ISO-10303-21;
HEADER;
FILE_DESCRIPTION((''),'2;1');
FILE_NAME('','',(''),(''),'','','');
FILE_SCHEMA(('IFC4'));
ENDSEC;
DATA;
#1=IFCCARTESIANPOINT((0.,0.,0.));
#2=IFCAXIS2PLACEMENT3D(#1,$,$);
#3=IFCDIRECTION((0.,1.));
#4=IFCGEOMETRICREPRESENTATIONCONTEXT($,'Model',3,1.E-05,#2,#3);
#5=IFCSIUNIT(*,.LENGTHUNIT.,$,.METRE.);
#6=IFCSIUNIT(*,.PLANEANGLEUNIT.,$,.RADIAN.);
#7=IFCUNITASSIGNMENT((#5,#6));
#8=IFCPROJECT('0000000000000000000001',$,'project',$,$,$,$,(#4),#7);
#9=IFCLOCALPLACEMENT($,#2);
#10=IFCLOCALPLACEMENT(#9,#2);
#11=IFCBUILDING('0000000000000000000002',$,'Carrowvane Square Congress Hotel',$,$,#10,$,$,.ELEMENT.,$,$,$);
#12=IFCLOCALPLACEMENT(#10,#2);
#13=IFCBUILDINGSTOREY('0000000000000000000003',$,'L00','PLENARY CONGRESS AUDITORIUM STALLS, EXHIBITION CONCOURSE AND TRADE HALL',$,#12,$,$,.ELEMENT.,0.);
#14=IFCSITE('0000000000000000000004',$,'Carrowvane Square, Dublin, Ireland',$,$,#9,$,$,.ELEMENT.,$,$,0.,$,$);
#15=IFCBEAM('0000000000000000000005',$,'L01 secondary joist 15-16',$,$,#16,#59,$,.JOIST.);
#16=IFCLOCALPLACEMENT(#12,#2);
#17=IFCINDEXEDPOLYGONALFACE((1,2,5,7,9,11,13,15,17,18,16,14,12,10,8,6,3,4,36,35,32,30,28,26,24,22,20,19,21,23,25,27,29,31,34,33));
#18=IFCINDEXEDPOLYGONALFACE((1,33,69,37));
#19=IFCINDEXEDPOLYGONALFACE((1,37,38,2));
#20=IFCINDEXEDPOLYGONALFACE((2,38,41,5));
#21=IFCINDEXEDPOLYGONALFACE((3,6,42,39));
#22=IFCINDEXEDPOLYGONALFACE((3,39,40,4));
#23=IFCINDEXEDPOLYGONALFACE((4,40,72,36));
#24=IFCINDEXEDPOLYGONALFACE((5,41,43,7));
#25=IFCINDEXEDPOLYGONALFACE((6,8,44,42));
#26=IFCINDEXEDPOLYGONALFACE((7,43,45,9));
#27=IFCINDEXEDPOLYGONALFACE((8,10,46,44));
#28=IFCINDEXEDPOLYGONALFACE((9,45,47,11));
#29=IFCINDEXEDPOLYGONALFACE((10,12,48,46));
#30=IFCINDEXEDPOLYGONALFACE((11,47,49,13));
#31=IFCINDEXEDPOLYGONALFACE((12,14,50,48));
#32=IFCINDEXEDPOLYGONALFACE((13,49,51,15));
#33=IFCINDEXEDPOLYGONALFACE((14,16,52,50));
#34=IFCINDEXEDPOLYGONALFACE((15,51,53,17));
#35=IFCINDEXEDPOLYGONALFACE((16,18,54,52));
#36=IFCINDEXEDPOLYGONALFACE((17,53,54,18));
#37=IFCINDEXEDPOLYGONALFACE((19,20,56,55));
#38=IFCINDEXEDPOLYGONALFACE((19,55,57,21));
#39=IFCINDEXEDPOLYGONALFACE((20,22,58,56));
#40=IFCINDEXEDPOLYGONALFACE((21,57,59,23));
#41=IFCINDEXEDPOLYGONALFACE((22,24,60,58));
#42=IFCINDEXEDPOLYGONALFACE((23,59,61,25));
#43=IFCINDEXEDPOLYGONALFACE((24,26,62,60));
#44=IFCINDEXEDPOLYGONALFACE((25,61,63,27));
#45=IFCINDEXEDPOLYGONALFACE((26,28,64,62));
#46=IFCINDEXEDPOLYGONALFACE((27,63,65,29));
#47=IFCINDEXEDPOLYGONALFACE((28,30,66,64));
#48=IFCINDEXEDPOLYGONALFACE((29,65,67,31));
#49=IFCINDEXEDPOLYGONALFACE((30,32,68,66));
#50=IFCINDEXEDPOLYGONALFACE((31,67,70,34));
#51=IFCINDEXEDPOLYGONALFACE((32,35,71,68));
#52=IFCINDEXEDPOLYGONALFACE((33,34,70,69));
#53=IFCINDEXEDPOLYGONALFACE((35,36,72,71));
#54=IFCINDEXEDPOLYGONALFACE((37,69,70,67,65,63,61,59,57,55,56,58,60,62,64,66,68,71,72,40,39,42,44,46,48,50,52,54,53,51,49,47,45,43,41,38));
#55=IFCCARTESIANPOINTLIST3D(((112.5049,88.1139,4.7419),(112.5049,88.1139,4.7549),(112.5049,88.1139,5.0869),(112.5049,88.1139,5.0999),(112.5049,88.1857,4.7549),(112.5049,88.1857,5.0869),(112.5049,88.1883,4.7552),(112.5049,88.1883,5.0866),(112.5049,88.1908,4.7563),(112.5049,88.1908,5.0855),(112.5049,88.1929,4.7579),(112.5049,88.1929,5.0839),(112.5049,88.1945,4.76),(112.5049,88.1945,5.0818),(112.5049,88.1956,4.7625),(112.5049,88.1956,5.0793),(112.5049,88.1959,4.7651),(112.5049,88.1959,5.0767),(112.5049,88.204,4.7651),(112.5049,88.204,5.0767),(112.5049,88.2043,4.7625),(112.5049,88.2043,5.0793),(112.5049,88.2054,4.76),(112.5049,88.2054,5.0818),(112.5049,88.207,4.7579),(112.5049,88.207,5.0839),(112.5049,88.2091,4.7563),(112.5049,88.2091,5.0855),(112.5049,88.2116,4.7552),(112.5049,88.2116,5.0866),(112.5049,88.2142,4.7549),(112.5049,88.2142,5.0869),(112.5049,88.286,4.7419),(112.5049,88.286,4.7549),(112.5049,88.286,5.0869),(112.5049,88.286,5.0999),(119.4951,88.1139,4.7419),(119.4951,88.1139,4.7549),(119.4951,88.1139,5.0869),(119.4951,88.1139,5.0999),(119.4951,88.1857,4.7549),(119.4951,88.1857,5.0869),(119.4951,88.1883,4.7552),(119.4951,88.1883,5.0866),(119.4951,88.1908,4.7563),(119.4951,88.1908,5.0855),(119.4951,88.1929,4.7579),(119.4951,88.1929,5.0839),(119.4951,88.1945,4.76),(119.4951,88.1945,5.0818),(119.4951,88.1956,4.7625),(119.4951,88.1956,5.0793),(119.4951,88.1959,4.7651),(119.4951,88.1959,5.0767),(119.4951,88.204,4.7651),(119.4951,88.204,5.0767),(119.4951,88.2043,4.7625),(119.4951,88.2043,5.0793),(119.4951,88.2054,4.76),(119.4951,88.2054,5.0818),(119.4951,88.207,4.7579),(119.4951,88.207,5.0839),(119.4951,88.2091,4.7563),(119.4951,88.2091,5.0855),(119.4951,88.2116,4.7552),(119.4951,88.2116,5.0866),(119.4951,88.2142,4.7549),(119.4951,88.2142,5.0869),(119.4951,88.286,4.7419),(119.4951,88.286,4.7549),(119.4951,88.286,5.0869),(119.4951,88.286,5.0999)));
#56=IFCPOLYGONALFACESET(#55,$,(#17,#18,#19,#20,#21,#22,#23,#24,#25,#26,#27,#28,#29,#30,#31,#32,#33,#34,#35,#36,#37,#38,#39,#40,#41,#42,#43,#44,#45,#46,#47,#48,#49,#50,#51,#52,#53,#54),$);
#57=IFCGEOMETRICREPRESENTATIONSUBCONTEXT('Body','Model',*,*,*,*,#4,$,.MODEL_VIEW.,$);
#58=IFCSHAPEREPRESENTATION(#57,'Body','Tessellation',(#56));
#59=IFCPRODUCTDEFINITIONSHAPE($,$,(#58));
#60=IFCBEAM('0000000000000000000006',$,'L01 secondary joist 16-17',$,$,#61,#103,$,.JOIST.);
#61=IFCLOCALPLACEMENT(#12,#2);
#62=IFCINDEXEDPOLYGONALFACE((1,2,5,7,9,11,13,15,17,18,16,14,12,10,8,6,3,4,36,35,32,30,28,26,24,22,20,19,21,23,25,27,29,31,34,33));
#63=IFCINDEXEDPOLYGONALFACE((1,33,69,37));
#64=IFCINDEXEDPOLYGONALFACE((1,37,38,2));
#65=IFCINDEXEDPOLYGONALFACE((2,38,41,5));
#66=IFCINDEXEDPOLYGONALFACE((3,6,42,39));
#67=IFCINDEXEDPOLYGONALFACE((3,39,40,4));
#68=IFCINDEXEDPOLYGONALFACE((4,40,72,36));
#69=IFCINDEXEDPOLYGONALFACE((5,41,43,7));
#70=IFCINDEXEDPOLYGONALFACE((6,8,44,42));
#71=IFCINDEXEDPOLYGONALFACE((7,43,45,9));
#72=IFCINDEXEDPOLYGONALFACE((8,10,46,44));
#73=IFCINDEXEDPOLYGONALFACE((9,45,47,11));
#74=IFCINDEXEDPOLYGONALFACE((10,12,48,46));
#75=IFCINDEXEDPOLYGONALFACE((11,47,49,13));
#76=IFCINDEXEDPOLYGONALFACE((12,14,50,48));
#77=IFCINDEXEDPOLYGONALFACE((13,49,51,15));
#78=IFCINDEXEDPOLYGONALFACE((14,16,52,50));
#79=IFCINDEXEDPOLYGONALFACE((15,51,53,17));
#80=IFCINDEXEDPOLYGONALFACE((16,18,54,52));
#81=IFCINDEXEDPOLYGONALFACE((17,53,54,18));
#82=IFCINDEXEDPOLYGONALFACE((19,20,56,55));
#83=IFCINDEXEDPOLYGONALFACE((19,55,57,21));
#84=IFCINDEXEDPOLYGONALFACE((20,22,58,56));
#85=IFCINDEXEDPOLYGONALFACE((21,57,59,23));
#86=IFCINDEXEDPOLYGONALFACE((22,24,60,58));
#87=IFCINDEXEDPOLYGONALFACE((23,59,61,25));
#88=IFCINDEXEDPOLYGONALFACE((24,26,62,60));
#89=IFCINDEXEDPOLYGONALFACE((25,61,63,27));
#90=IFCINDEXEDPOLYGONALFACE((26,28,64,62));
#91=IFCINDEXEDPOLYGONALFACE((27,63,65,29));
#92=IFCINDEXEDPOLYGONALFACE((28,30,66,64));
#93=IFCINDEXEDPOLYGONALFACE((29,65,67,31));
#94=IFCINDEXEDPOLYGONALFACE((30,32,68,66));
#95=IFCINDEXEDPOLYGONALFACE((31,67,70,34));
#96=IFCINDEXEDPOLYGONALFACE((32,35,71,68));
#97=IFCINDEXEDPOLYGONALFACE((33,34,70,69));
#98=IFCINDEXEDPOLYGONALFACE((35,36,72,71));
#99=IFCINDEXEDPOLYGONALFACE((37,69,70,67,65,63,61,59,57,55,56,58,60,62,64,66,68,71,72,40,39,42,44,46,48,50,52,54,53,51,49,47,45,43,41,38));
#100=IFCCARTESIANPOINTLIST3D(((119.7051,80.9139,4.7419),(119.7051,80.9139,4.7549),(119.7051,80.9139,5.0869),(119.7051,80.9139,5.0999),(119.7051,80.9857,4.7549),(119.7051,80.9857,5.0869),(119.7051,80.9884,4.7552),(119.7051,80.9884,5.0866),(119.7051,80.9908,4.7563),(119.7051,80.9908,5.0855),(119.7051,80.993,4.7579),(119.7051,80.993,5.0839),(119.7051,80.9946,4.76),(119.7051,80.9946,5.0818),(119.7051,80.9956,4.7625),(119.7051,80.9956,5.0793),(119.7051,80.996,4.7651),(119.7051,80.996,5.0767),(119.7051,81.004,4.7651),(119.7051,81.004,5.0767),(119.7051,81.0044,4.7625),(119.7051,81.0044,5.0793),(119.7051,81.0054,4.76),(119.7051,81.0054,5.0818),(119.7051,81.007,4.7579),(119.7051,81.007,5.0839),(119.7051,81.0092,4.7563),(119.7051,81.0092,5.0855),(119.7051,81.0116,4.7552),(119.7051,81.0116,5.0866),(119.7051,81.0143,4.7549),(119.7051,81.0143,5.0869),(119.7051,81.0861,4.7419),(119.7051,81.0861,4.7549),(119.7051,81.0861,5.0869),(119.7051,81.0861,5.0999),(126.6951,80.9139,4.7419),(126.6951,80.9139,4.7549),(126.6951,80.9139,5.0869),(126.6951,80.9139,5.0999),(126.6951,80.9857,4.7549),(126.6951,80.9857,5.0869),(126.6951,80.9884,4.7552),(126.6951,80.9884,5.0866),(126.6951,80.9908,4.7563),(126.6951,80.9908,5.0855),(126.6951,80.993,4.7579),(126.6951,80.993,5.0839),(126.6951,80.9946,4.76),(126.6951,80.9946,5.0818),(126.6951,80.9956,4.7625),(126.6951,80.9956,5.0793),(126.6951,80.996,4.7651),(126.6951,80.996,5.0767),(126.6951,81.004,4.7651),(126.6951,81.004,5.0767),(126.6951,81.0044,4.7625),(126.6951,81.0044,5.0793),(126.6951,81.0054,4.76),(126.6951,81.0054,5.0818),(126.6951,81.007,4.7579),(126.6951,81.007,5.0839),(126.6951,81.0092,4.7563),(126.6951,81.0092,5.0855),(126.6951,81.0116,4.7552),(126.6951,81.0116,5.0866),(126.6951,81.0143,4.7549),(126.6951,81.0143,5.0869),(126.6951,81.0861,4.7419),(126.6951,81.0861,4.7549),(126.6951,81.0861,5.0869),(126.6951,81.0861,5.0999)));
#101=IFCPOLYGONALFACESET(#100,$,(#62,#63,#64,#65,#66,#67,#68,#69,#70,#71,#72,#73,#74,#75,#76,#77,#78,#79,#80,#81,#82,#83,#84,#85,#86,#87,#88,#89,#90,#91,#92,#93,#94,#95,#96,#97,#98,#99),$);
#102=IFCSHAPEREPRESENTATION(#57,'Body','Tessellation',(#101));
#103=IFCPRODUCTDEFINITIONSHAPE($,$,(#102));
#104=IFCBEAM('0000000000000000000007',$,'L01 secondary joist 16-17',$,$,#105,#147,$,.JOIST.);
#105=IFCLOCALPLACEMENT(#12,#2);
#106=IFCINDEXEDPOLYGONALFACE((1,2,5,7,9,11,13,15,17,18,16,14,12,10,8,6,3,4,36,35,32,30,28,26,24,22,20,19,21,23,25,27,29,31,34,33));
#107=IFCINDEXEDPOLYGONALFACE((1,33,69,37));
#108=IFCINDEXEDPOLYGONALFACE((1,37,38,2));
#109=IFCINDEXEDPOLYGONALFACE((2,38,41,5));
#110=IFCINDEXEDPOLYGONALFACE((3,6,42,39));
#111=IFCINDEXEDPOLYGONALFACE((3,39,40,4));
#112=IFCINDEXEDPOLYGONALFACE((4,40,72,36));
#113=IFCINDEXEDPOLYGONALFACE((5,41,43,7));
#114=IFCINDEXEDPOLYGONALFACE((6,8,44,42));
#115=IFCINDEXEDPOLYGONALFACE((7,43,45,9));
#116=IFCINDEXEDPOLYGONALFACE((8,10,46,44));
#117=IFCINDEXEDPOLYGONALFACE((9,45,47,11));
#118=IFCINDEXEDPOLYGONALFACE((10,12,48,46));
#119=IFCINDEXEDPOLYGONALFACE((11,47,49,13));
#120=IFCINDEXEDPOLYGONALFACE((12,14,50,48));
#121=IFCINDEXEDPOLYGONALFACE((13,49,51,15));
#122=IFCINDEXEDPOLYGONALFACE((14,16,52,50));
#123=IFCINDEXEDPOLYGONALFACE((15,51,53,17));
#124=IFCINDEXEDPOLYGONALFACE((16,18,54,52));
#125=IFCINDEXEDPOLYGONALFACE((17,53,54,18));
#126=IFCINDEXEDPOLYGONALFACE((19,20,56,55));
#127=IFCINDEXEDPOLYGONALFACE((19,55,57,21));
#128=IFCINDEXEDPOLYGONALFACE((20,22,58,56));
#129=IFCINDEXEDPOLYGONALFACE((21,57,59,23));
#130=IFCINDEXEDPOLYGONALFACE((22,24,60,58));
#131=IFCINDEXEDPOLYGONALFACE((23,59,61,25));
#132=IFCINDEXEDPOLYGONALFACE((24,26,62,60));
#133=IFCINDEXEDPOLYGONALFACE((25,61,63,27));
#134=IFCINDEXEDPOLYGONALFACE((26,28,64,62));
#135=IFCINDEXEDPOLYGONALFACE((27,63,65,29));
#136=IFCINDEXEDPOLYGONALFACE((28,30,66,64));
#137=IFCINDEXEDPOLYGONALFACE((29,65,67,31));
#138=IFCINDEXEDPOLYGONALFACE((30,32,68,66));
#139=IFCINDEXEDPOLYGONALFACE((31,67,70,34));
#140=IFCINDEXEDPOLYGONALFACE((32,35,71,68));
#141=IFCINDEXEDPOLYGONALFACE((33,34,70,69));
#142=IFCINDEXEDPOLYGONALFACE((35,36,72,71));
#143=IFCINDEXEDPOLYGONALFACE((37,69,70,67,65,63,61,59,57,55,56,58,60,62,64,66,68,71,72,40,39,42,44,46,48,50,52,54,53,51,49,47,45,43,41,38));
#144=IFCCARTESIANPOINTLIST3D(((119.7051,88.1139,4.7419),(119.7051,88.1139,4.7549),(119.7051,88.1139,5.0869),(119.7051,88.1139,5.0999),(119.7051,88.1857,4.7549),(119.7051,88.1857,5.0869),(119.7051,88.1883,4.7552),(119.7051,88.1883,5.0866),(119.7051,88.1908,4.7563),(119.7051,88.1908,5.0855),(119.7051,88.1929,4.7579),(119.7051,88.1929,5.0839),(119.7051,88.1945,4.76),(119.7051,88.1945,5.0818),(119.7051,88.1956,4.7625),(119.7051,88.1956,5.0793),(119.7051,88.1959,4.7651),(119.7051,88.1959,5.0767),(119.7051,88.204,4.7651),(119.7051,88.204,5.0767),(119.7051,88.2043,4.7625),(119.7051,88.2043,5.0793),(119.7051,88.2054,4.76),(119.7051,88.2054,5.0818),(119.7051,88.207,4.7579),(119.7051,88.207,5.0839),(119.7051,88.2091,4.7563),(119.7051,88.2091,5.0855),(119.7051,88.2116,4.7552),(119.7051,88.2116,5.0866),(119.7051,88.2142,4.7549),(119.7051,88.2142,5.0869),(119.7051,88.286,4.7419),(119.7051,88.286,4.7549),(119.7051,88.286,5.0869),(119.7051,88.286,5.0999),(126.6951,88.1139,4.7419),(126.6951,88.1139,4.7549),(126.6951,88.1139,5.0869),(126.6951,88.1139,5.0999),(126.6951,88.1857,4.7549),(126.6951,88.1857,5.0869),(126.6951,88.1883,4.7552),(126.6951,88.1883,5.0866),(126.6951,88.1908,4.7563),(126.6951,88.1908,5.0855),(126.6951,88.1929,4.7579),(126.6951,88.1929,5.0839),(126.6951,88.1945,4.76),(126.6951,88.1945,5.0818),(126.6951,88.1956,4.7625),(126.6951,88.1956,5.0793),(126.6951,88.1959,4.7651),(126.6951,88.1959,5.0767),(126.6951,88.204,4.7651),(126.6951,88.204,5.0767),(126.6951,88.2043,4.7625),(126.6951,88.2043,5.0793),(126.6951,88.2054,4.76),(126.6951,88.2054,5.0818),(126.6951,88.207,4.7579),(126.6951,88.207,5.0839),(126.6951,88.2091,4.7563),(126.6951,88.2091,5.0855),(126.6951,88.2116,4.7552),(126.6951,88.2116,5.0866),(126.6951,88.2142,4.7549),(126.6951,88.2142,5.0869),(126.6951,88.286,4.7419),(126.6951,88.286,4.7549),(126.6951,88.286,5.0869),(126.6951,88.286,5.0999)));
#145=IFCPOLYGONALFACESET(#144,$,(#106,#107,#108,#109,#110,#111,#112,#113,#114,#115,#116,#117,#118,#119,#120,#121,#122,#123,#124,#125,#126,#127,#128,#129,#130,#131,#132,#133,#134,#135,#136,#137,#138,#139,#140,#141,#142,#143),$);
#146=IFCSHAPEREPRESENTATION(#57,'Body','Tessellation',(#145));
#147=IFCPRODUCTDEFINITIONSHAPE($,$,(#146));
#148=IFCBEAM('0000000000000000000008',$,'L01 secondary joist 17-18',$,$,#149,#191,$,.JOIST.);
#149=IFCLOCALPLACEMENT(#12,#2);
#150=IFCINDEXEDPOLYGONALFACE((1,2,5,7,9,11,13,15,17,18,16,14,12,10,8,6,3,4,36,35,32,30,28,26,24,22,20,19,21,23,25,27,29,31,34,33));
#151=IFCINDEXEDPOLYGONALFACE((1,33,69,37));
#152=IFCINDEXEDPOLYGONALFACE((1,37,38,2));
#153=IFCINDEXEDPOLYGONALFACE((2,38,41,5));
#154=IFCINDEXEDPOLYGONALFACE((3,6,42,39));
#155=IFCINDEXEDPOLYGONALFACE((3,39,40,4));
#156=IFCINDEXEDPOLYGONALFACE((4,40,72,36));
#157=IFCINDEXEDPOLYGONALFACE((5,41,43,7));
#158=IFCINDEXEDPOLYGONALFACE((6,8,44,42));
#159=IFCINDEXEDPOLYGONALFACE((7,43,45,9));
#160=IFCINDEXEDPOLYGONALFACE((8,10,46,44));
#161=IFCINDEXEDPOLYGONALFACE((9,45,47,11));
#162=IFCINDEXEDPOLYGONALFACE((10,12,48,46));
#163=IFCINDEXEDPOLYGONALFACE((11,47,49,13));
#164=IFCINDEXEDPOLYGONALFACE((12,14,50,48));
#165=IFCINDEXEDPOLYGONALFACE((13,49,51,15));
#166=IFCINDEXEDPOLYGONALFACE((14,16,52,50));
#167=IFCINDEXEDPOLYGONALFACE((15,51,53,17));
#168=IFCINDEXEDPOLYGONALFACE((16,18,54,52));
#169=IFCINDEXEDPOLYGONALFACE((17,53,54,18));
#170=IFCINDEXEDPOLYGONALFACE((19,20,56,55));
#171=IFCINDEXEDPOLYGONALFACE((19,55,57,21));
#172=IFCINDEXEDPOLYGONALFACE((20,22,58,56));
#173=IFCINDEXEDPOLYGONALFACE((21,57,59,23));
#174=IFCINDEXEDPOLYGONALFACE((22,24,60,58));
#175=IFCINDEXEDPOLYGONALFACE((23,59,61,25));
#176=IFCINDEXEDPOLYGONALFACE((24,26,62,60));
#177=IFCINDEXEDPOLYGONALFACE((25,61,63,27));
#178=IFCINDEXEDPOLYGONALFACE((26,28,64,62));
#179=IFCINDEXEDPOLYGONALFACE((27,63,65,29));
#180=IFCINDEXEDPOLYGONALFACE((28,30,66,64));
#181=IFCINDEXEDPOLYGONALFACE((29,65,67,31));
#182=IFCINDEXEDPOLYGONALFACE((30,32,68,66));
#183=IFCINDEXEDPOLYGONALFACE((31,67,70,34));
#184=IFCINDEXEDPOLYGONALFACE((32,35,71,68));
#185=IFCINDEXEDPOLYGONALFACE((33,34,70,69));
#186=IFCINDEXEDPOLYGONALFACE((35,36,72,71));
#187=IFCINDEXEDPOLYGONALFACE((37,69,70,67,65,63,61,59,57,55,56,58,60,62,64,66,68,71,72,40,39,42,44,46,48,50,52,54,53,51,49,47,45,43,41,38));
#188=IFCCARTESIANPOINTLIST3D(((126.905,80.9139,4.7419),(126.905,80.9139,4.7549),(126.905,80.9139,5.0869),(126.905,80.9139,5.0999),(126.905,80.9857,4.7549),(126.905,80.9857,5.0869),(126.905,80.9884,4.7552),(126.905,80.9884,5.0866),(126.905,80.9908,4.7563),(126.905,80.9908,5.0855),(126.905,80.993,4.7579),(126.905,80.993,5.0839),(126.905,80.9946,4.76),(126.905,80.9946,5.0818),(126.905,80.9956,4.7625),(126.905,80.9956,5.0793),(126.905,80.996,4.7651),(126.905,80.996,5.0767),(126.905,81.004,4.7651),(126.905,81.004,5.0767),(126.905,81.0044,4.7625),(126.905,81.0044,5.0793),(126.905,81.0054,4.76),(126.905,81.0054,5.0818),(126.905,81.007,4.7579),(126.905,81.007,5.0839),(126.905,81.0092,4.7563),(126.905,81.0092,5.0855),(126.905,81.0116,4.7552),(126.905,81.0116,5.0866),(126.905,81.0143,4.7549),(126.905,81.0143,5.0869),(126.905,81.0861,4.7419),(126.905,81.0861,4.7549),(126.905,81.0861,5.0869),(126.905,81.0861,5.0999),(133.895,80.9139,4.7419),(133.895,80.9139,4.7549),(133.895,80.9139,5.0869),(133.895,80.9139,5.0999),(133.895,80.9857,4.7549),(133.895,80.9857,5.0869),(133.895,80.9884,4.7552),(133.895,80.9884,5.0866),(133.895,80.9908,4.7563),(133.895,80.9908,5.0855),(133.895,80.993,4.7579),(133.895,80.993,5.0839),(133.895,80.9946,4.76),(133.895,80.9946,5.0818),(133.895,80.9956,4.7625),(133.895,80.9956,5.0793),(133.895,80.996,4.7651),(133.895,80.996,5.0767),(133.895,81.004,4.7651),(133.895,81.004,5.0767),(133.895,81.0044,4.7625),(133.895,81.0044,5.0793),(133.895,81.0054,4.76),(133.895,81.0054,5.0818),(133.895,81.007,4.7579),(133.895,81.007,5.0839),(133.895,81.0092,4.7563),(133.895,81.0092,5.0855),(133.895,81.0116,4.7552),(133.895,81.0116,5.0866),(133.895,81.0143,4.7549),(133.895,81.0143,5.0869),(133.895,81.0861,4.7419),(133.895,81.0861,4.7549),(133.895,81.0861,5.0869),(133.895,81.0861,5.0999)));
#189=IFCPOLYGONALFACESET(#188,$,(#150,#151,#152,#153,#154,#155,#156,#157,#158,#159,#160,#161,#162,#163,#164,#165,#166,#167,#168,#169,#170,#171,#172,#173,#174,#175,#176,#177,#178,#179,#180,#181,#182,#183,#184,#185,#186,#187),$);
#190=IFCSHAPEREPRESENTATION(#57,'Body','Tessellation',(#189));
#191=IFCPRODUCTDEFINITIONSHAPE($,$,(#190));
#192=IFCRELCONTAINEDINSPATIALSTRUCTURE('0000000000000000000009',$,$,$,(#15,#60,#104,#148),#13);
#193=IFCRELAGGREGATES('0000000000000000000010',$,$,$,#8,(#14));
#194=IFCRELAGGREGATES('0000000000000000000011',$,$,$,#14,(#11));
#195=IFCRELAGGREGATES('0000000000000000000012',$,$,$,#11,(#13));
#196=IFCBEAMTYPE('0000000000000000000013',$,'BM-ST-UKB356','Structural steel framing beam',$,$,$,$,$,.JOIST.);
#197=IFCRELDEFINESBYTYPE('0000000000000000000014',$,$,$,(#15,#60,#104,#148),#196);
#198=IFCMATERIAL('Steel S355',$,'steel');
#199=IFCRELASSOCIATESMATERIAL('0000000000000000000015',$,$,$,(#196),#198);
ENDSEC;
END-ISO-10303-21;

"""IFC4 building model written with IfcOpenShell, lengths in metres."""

from ifc_helpers import new_model, si_unit, direction, frame, origin, origin_2d, place, context, subcontext, project, spatial, i_section, extrude, material, material_profile, profile_set, type_object, element, save


model = new_model("IFC4")

# Units and contexts
model_context = context("Model", 3, precision=1e-05, world=origin(), true_north=direction((0.0, 1.0)))
body_context = subcontext(model_context, "Body", "Model", "MODEL_VIEW")
ifc_project = project(units=[si_unit("LENGTHUNIT", "METRE"), si_unit("PLANEANGLEUNIT", "RADIAN")], contexts=[model_context])

# Site, building, storey
site_placement = place(None, origin())
site = spatial("IfcSite", under=ifc_project, at=site_placement, Name="Carrowvane Square, Dublin, Ireland", CompositionType="ELEMENT", RefElevation=0.0)
building_placement = place(site_placement, origin())
building = spatial("IfcBuilding", under=site, at=building_placement, Name="Carrowvane Square Congress Hotel", CompositionType="ELEMENT")
storey_placement = place(building_placement, origin())
storey = spatial("IfcBuildingStorey", under=building, at=storey_placement, Name="L00", Description="PLENARY CONGRESS AUDITORIUM STALLS, EXHIBITION CONCOURSE AND TRADE HALL", CompositionType="ELEMENT", Elevation=0.0)

# Beams
ifc_material_1 = material(Name="Steel S355", Category="steel")
ifc_material_profile_1 = material_profile(ifc_material_1, i_section(OverallWidth=0.1721, OverallDepth=0.3579, WebThickness=0.0081, FlangeThickness=0.0129, FilletRadius=0.0103, at=origin_2d()), Name="UKB 356x171x57")
ifc_profile_set_1 = profile_set([ifc_material_profile_1], Name="Steel S355")
beam_type_1 = type_object("IfcBeamType", Name="BM-ST-UKB356", Description="Structural steel framing beam", PredefinedType="JOIST", material=ifc_profile_set_1)
beam_1_placement = place(storey_placement, frame((112.5049, 88.2, 4.9209), z_axis=(1.0, 0.0, 0.0), x_axis=(0.0, 1.0, 0.0)))
element("IfcBeam", 1, at=beam_1_placement, inside=storey, type_object=beam_type_1, Name="L01 secondary joist 15-16", PredefinedType="JOIST", context=body_context, shape_type="SweptSolid", body=[
    extrude(i_section(OverallWidth=0.1721, OverallDepth=0.3579, WebThickness=0.0081, FlangeThickness=0.0129, FilletRadius=0.0103, at=origin_2d()), origin(), (0.0, 0.0, 1.0), 6.9902),
])
for number, where, z_axis, x_axis, name in (
    (2, (119.7051, 81.0, 4.9209), (1.0, 0.0, 0.0), (0.0, 1.0, 0.0), "L01 secondary joist 16-17"),
    (3, (119.7051, 88.2, 4.9209), (1.0, 0.0, 0.0), (0.0, 1.0, 0.0), "L01 secondary joist 16-17"),
    (4, (126.905, 81.0, 4.9209), (1.0, 0.0, 0.0), (0.0, 1.0, 0.0), "L01 secondary joist 17-18"),
):
    element("IfcBeam", number, at=place(storey_placement, frame(where, z_axis=z_axis, x_axis=x_axis)), inside=storey, type_object=beam_type_1, Name=name, PredefinedType="JOIST", context=body_context, shape_type="SweptSolid", body=[
        extrude(i_section(OverallWidth=0.1721, OverallDepth=0.3579, WebThickness=0.0081, FlangeThickness=0.0129, FilletRadius=0.0103, at=origin_2d()), origin(), (0.0, 0.0, 1.0), 6.99),
    ])

save(model, "model.ifc")
